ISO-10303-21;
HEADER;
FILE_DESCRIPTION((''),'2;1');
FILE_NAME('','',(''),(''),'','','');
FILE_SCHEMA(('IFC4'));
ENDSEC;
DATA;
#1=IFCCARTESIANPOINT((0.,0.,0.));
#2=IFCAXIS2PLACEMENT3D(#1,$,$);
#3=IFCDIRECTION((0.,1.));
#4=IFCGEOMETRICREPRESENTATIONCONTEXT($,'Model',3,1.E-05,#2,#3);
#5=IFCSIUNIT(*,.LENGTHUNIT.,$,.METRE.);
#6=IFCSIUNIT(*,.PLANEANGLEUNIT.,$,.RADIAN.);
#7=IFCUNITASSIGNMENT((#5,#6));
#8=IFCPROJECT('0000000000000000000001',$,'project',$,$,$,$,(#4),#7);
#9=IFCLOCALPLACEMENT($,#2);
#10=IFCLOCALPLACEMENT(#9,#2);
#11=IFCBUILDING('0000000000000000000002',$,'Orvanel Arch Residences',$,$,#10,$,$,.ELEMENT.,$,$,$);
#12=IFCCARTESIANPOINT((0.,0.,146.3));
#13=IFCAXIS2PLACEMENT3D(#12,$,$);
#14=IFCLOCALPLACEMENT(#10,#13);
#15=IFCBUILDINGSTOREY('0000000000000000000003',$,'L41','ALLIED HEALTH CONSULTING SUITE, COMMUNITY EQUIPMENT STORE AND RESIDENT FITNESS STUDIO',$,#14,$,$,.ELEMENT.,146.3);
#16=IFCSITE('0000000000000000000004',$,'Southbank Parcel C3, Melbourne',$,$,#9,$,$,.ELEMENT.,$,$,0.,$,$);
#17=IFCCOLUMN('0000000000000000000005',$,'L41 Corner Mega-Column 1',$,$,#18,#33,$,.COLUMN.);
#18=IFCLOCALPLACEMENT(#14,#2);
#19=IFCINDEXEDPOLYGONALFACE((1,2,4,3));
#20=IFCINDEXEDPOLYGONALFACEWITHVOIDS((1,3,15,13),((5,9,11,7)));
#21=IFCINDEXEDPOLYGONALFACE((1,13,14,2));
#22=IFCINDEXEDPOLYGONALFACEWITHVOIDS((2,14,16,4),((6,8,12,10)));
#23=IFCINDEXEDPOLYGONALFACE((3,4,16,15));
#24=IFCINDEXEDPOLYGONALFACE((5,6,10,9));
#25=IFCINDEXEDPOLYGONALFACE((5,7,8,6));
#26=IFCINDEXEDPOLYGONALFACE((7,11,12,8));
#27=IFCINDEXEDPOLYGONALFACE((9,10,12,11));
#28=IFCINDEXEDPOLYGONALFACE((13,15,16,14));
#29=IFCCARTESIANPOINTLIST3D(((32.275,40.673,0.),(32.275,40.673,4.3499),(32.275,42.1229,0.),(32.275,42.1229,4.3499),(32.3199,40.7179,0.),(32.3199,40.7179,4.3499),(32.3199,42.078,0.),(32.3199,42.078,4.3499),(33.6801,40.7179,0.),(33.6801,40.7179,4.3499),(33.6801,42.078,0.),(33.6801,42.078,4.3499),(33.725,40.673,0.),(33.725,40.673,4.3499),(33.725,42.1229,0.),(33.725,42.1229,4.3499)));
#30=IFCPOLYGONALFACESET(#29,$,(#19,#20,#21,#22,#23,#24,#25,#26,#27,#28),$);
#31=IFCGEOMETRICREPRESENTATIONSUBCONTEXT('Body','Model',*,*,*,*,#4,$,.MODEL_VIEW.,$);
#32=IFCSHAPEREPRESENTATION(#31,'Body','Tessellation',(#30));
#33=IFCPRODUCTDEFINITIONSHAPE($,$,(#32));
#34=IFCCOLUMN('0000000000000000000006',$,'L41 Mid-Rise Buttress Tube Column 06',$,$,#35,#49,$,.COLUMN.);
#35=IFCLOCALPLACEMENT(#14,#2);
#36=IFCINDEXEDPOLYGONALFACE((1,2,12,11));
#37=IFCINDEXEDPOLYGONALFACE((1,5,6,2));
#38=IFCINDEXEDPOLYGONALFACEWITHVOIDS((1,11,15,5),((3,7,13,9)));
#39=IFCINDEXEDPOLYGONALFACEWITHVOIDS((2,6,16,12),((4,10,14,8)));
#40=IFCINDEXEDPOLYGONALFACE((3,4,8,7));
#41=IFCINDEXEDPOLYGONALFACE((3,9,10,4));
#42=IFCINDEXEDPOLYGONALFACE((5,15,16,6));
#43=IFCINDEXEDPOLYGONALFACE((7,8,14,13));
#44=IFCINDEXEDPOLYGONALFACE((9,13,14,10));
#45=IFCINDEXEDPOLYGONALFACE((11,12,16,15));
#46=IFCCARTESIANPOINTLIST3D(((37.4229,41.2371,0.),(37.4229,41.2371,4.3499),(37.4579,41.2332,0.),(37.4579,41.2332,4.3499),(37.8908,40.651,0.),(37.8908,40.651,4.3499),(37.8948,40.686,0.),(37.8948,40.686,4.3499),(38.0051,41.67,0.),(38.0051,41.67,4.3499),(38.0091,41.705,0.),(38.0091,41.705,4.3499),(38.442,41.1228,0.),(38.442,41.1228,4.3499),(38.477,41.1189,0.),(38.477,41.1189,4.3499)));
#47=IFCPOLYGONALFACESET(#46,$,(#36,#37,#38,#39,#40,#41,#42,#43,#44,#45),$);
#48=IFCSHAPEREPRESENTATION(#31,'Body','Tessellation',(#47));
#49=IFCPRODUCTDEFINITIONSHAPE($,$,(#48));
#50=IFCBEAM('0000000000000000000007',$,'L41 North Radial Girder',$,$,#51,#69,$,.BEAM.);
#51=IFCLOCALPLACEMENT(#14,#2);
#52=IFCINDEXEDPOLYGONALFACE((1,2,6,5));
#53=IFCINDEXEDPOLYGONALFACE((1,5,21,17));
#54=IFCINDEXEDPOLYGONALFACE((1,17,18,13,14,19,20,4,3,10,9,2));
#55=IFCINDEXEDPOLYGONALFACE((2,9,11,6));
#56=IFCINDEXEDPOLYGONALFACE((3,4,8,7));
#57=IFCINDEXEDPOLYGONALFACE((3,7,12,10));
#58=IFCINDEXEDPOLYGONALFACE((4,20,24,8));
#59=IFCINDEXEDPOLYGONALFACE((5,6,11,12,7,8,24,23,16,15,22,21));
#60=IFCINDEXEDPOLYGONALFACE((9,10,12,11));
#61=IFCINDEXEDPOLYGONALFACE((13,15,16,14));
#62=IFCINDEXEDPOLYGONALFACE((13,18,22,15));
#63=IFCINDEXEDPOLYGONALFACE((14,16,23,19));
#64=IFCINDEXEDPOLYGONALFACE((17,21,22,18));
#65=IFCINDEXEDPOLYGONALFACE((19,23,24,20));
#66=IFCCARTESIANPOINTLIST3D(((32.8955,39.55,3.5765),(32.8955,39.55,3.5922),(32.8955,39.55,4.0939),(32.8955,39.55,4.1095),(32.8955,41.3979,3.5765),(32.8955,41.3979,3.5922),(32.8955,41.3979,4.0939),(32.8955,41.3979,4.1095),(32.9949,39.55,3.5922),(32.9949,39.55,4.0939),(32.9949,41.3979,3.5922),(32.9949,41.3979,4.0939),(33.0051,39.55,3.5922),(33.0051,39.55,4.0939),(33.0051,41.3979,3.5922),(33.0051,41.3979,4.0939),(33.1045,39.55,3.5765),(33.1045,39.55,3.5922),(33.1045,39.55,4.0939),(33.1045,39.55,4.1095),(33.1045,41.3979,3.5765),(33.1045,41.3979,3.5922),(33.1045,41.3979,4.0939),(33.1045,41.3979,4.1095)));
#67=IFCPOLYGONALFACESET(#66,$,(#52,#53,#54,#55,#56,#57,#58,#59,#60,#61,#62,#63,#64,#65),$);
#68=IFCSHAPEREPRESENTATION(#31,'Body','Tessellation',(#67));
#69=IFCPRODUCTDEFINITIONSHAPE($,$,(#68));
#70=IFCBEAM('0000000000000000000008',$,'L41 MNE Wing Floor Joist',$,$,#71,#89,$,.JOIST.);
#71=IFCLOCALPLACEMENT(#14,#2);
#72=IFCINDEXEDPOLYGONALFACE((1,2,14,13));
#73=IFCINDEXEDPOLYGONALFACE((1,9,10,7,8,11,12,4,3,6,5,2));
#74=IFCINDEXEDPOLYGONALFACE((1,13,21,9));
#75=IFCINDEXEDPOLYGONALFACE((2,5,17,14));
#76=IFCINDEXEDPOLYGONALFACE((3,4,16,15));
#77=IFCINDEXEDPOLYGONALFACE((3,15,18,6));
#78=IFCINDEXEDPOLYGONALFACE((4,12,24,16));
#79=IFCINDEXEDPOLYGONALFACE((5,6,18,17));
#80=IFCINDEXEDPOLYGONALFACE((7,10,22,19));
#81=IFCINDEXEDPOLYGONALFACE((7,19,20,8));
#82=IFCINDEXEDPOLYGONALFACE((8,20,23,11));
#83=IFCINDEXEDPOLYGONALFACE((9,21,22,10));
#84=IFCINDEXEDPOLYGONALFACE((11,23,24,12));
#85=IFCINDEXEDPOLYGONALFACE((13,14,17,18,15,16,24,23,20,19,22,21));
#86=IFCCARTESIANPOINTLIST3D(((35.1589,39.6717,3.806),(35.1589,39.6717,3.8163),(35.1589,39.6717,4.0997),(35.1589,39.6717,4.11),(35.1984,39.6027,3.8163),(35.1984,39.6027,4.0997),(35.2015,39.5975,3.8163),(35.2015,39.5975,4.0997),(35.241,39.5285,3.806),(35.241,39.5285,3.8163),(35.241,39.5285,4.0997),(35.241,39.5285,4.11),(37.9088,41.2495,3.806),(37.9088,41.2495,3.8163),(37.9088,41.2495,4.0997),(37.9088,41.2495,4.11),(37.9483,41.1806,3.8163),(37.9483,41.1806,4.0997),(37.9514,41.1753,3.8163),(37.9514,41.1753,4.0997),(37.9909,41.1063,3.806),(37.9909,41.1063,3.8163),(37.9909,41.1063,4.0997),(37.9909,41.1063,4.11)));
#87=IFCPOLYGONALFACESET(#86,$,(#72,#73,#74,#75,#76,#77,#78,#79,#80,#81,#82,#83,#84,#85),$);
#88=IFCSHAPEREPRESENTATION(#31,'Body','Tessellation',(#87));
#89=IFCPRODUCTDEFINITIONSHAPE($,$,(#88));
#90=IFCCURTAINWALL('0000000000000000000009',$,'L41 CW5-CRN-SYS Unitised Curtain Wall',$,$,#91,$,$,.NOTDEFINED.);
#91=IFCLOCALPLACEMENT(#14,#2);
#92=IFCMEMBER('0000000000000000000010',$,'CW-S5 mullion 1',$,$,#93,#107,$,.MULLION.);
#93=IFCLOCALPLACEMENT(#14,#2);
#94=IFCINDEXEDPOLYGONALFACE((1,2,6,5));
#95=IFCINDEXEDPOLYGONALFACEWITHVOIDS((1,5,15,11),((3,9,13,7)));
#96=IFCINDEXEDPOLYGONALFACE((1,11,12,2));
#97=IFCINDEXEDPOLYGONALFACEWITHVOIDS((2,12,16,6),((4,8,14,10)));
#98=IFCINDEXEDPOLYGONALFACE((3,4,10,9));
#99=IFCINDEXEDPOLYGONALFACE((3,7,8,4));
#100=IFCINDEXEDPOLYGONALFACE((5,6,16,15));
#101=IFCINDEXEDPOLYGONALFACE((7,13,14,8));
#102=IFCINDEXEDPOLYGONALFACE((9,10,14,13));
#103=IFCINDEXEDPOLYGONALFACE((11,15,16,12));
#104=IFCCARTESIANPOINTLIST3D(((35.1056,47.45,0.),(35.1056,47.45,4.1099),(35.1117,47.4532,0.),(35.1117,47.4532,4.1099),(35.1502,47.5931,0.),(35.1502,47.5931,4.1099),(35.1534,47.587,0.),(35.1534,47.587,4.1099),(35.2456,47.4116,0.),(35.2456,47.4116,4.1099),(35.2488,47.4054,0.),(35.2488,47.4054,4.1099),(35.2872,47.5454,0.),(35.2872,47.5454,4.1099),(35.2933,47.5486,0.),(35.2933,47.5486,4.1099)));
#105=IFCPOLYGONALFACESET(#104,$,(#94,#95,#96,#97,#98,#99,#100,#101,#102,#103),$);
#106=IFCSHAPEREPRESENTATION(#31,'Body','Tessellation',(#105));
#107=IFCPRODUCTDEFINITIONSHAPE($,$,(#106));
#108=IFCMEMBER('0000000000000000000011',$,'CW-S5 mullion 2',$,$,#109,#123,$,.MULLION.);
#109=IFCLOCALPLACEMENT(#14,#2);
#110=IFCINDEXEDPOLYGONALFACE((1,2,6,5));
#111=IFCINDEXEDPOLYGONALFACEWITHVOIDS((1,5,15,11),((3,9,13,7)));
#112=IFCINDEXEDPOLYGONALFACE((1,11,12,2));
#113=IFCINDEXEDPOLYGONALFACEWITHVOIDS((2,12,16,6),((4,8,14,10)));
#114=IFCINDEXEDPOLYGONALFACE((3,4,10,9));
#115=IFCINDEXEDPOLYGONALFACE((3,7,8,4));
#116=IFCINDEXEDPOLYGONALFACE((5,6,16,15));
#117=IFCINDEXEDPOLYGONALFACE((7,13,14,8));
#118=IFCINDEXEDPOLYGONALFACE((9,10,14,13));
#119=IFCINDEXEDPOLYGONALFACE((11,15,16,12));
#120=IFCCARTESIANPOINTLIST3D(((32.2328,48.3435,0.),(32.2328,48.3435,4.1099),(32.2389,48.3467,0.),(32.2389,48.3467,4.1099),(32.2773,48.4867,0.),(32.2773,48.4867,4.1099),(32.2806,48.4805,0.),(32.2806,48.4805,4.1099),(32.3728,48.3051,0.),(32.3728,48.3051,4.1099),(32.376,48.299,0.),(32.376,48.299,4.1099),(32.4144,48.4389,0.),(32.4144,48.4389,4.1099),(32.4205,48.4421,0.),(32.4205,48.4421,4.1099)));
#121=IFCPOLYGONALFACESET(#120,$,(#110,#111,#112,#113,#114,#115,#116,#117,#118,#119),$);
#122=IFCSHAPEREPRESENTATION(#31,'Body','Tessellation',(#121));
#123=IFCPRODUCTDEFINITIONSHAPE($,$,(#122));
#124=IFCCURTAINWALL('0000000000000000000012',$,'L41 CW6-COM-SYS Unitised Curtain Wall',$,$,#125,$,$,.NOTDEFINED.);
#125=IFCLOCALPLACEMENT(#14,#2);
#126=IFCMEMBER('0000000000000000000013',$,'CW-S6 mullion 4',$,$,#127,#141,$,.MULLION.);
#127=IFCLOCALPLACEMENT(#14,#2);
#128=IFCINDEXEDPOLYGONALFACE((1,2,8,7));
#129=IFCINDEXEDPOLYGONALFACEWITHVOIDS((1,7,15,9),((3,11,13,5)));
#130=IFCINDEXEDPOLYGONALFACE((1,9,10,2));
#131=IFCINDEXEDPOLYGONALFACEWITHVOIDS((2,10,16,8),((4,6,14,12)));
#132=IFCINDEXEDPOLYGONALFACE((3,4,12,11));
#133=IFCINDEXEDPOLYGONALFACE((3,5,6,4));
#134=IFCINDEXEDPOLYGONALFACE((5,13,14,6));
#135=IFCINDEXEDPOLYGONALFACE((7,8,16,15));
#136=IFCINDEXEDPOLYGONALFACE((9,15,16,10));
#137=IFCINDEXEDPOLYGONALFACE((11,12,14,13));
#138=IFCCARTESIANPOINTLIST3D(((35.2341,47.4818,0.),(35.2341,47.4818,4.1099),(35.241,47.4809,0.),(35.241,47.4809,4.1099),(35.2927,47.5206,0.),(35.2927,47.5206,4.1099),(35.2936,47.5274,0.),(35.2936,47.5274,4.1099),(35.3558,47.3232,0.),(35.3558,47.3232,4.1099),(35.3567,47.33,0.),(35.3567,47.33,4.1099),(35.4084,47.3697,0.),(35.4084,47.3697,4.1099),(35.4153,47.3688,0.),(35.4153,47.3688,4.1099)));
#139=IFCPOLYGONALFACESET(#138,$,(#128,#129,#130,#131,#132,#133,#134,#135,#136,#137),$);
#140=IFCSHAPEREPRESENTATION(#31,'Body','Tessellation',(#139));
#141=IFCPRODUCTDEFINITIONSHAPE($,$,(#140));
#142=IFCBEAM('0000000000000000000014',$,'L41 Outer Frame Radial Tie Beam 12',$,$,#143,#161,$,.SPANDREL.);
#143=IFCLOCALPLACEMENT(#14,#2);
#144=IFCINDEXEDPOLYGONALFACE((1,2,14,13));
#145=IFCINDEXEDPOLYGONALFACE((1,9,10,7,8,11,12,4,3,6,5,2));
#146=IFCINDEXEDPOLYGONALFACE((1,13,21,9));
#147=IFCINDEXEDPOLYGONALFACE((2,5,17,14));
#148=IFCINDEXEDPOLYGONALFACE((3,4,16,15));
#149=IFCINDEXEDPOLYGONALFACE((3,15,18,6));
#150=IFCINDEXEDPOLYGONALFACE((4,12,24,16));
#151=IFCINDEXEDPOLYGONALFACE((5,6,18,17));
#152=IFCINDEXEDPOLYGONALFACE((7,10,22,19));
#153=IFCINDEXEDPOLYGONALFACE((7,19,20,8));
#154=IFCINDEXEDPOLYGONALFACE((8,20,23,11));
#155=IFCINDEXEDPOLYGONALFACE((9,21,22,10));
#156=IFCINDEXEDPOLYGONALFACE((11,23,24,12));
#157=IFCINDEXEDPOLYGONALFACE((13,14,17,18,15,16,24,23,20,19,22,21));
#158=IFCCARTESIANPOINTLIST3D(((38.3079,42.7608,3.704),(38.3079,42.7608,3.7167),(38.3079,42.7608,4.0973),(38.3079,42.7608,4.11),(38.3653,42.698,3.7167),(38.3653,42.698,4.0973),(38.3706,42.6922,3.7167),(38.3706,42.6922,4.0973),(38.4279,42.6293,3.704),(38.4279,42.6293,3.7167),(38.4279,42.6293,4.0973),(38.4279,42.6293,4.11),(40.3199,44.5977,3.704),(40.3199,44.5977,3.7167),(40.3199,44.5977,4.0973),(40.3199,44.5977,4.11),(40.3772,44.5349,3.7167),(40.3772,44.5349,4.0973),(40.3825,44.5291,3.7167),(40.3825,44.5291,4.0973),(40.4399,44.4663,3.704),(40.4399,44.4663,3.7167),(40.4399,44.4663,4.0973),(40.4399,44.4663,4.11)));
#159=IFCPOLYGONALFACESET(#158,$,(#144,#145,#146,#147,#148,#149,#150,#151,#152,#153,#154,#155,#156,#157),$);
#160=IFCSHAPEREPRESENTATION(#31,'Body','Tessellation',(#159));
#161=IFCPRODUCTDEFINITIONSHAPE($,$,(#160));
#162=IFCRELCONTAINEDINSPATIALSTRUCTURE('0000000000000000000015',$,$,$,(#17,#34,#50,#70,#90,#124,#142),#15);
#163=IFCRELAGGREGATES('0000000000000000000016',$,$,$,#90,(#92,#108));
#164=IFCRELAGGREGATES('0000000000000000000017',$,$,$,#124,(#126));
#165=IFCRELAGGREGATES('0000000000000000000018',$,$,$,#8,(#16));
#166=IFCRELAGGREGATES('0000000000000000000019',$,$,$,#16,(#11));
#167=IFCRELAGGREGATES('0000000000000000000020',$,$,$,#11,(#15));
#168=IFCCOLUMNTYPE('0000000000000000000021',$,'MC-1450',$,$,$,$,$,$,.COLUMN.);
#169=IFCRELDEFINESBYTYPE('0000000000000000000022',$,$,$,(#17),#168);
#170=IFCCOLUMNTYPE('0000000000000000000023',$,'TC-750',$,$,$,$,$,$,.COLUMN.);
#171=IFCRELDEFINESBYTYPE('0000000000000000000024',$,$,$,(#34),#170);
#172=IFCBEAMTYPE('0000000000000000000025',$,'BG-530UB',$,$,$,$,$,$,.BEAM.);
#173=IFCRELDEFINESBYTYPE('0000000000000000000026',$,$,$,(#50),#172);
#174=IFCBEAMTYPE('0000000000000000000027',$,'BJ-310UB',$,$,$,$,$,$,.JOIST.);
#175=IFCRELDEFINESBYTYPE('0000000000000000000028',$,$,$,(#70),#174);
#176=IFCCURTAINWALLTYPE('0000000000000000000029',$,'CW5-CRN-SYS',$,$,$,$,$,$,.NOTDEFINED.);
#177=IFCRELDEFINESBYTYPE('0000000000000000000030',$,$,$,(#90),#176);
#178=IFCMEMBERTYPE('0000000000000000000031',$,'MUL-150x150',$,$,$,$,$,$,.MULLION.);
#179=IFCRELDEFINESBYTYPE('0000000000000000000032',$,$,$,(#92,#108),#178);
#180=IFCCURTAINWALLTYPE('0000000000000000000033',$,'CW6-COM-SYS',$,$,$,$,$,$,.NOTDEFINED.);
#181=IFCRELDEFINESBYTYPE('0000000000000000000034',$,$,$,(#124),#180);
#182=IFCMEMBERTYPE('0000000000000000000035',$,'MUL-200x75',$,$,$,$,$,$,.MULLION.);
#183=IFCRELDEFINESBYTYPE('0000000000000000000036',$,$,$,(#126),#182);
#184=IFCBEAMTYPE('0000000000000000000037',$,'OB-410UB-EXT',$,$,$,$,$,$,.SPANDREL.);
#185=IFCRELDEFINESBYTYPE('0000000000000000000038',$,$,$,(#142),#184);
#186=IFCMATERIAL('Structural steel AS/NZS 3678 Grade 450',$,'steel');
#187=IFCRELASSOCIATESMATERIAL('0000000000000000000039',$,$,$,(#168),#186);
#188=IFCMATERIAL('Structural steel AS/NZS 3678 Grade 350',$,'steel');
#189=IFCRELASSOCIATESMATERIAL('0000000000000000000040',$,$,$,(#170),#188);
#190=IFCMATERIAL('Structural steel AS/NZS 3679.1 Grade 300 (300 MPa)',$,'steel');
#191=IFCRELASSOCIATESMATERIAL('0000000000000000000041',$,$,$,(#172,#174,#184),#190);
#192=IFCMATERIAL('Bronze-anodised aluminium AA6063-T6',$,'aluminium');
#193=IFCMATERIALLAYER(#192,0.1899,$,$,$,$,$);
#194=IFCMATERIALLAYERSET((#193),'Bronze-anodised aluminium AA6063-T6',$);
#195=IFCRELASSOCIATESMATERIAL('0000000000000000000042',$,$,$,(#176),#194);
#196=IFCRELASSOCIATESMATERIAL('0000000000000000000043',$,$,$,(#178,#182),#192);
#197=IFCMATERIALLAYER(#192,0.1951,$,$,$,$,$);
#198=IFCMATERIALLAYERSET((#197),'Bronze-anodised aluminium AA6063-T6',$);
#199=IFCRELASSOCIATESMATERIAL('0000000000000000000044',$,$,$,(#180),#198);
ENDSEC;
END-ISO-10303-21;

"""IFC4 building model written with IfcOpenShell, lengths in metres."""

from ifc_helpers import new_model, si_unit, direction, frame, origin, origin_2d, place, context, subcontext, project, spatial, hollow_rectangle, i_section, extrude, material, layer, layer_set, material_profile, profile_set, type_object, element, aggregate, save


model = new_model("IFC4")

# Units and contexts
model_context = context("Model", 3, precision=1e-05, world=origin(), true_north=direction((0.0, 1.0)))
body_context = subcontext(model_context, "Body", "Model", "MODEL_VIEW")
ifc_project = project(units=[si_unit("LENGTHUNIT", "METRE"), si_unit("PLANEANGLEUNIT", "RADIAN")], contexts=[model_context])

# Site, building, storey
site_placement = place(None, origin())
site = spatial("IfcSite", under=ifc_project, at=site_placement, Name="Southbank Parcel C3, Melbourne", CompositionType="ELEMENT", RefElevation=0.0)
building_placement = place(site_placement, origin())
building = spatial("IfcBuilding", under=site, at=building_placement, Name="Orvanel Arch Residences", CompositionType="ELEMENT")
storey_placement = place(building_placement, frame((0.0, 0.0, 146.3)))
storey = spatial("IfcBuildingStorey", under=building, at=storey_placement, Name="L41", Description="ALLIED HEALTH CONSULTING SUITE, COMMUNITY EQUIPMENT STORE AND RESIDENT FITNESS STUDIO", CompositionType="ELEMENT", Elevation=146.3)

# Columns
ifc_material_1 = material(Name="Structural steel AS/NZS 3678 Grade 450", Category="steel")
ifc_material_profile_1 = material_profile(ifc_material_1, hollow_rectangle(XDim=1.45, YDim=1.45, WallThickness=0.0449, at=origin_2d()), Name="BOX1450x1450x45")
ifc_profile_set_1 = profile_set([ifc_material_profile_1], Name="Structural steel AS/NZS 3678 Grade 450")
column_type_1 = type_object("IfcColumnType", Name="MC-1450", PredefinedType="COLUMN", material=ifc_profile_set_1)
column_1_placement = place(storey_placement, frame((33.0, 41.3979, 0.0), z_axis=(0.0, 0.0, 1.0), x_axis=(1.0, 0.0, 0.0)))
element("IfcColumn", 1, at=column_1_placement, inside=storey, type_object=column_type_1, Name="L41 Corner Mega-Column 1", PredefinedType="COLUMN", context=body_context, shape_type="SweptSolid", body=[
    extrude(hollow_rectangle(XDim=1.45, YDim=1.45, WallThickness=0.0449, at=origin_2d()), origin(), (0.0, 0.0, 1.0), 4.3499),
])
ifc_material_2 = material(Name="Structural steel AS/NZS 3678 Grade 350", Category="steel")
ifc_material_profile_2 = material_profile(ifc_material_2, hollow_rectangle(XDim=0.75, YDim=0.75, WallThickness=0.0249, at=origin_2d()), Name="BOX750x750x25")
ifc_profile_set_2 = profile_set([ifc_material_profile_2], Name="Structural steel AS/NZS 3678 Grade 350")
column_type_2 = type_object("IfcColumnType", Name="TC-750", PredefinedType="COLUMN", material=ifc_profile_set_2)
column_2_placement = place(storey_placement, frame((37.95, 41.178, 0.0), z_axis=(0.0, 0.0, 1.0), x_axis=(-0.62388, 0.78152, 0.0)))
element("IfcColumn", 2, at=column_2_placement, inside=storey, type_object=column_type_2, Name="L41 Mid-Rise Buttress Tube Column 06", PredefinedType="COLUMN", context=body_context, shape_type="SweptSolid", body=[
    extrude(hollow_rectangle(XDim=0.75, YDim=0.75, WallThickness=0.0249, at=origin_2d()), origin(), (0.0, 0.0, 1.0), 4.3499),
])

# Beams
ifc_material_3 = material(Name="Structural steel AS/NZS 3679.1 Grade 300 (300 MPa)", Category="steel")
ifc_material_profile_3 = material_profile(ifc_material_3, i_section(OverallWidth=0.209, OverallDepth=0.533, WebThickness=0.0103, FlangeThickness=0.0156, at=origin_2d()), Name="530UB92.4")
ifc_profile_set_3 = profile_set([ifc_material_profile_3], Name="Structural steel AS/NZS 3679.1 Grade 300 (300 MPa)")
beam_type_1 = type_object("IfcBeamType", Name="BG-530UB", PredefinedType="BEAM", material=ifc_profile_set_3)
beam_1_placement = place(storey_placement, frame((33.0, 39.55, 3.843), z_axis=(0.0, 1.0, 0.0), x_axis=(-1.0, 0.0, 0.0)))
element("IfcBeam", 3, at=beam_1_placement, inside=storey, type_object=beam_type_1, Name="L41 North Radial Girder", PredefinedType="BEAM", context=body_context, shape_type="SweptSolid", body=[
    extrude(i_section(OverallWidth=0.209, OverallDepth=0.533, WebThickness=0.0103, FlangeThickness=0.0156, at=origin_2d()), origin(), (0.0, 0.0, 1.0), 1.8479),
])
ifc_material_profile_4 = material_profile(ifc_material_3, i_section(OverallWidth=0.165, OverallDepth=0.304, WebThickness=0.0061, FlangeThickness=0.0103, at=origin_2d()), Name="310UB40.4")
ifc_profile_set_4 = profile_set([ifc_material_profile_4], Name="Structural steel AS/NZS 3679.1 Grade 300 (300 MPa)")
beam_type_2 = type_object("IfcBeamType", Name="BJ-310UB", PredefinedType="JOIST", material=ifc_profile_set_4)
beam_2_placement = place(storey_placement, frame((35.2, 39.6001, 3.958), z_axis=(0.867365, 0.497672, 0.0), x_axis=(-0.497672, 0.867365, 0.0)))
element("IfcBeam", 4, at=beam_2_placement, inside=storey, type_object=beam_type_2, Name="L41 MNE Wing Floor Joist", PredefinedType="JOIST", context=body_context, shape_type="SweptSolid", body=[
    extrude(i_section(OverallWidth=0.165, OverallDepth=0.304, WebThickness=0.0061, FlangeThickness=0.0103, at=origin_2d()), origin(), (0.0, 0.0, 1.0), 3.1704),
])

# Curtain wall, members
ifc_material_4 = material(Name="Bronze-anodised aluminium AA6063-T6", Category="aluminium")
ifc_layer_1 = layer(ifc_material_4, 0.1899)
ifc_layer_set_1 = layer_set([ifc_layer_1], Name="Bronze-anodised aluminium AA6063-T6")
curtain_wall_type_1 = type_object("IfcCurtainWallType", Name="CW5-CRN-SYS", PredefinedType="NOTDEFINED", material=ifc_layer_set_1)
curtain_wall_1_placement = place(storey_placement, origin())
curtain_wall_1 = element("IfcCurtainWall", 5, at=curtain_wall_1_placement, inside=storey, type_object=curtain_wall_type_1, Name="L41 CW5-CRN-SYS Unitised Curtain Wall", PredefinedType="NOTDEFINED")
ifc_material_profile_5 = material_profile(ifc_material_4, hollow_rectangle(XDim=0.1499, YDim=0.1499, WallThickness=0.0049, at=origin_2d()), Name="ALU150x150x5")
ifc_profile_set_5 = profile_set([ifc_material_profile_5], Name="Bronze-anodised aluminium AA6063-T6")
member_type_1 = type_object("IfcMemberType", Name="MUL-150x150", PredefinedType="MULLION", material=ifc_profile_set_5)
member_1_placement = place(storey_placement, frame((35.1995, 47.4993, 0.0), z_axis=(0.0, 0.0, 1.0), x_axis=(-0.296977, -0.954885, 0.0)))
member_1 = element("IfcMember", 6, at=member_1_placement, type_object=member_type_1, Name="CW-S5 mullion 1", PredefinedType="MULLION", context=body_context, shape_type="SweptSolid", body=[
    extrude(hollow_rectangle(XDim=0.1499, YDim=0.1499, WallThickness=0.0049, at=origin_2d()), origin(), (0.0, 0.0, 1.0), 4.1099),
])
member_2_placement = place(storey_placement, frame((32.3267, 48.3928, 0.0), z_axis=(0.0, 0.0, 1.0), x_axis=(-0.296977, -0.954885, 0.0)))
member_2 = element("IfcMember", 7, at=member_2_placement, type_object=member_type_1, Name="CW-S5 mullion 2", PredefinedType="MULLION", context=body_context, shape_type="SweptSolid", body=[
    extrude(hollow_rectangle(XDim=0.1499, YDim=0.1499, WallThickness=0.0049, at=origin_2d()), origin(), (0.0, 0.0, 1.0), 4.1099),
])

# Curtain wall, member
ifc_layer_2 = layer(ifc_material_4, 0.1951)
ifc_layer_set_2 = layer_set([ifc_layer_2], Name="Bronze-anodised aluminium AA6063-T6")
curtain_wall_type_2 = type_object("IfcCurtainWallType", Name="CW6-COM-SYS", PredefinedType="NOTDEFINED", material=ifc_layer_set_2)
curtain_wall_2_placement = place(storey_placement, origin())
curtain_wall_2 = element("IfcCurtainWall", 8, at=curtain_wall_2_placement, inside=storey, type_object=curtain_wall_type_2, Name="L41 CW6-COM-SYS Unitised Curtain Wall", PredefinedType="NOTDEFINED")
ifc_material_profile_6 = material_profile(ifc_material_4, hollow_rectangle(XDim=0.075, YDim=0.2, WallThickness=0.0049, at=origin_2d()), Name="ALU200x75x5")
ifc_profile_set_6 = profile_set([ifc_material_profile_6], Name="Bronze-anodised aluminium AA6063-T6")
member_type_2 = type_object("IfcMemberType", Name="MUL-200x75", PredefinedType="MULLION", material=ifc_profile_set_6)
member_3_placement = place(storey_placement, frame((35.3247, 47.4253, 0.0), z_axis=(0.0, 0.0, 1.0), x_axis=(-0.7934, -0.6087, 0.0)))
member_3 = element("IfcMember", 9, at=member_3_placement, type_object=member_type_2, Name="CW-S6 mullion 4", PredefinedType="MULLION", context=body_context, shape_type="SweptSolid", body=[
    extrude(hollow_rectangle(XDim=0.075, YDim=0.2, WallThickness=0.0049, at=origin_2d()), origin(), (0.0, 0.0, 1.0), 4.1099),
])

# Beam
ifc_material_profile_7 = material_profile(ifc_material_3, i_section(OverallWidth=0.178, OverallDepth=0.406, WebThickness=0.0078, FlangeThickness=0.0127, at=origin_2d()), Name="410UB59.7")
ifc_profile_set_7 = profile_set([ifc_material_profile_7], Name="Structural steel AS/NZS 3679.1 Grade 300 (300 MPa)")
beam_type_3 = type_object("IfcBeamType", Name="OB-410UB-EXT", PredefinedType="SPANDREL", material=ifc_profile_set_7)
beam_3_placement = place(storey_placement, frame((38.3679, 42.6951, 3.907), z_axis=(0.738503, 0.67425, 0.0), x_axis=(-0.67425, 0.738503, 0.0)))
element("IfcBeam", 10, at=beam_3_placement, inside=storey, type_object=beam_type_3, Name="L41 Outer Frame Radial Tie Beam 12", PredefinedType="SPANDREL", context=body_context, shape_type="SweptSolid", body=[
    extrude(i_section(OverallWidth=0.178, OverallDepth=0.406, WebThickness=0.0078, FlangeThickness=0.0127, at=origin_2d()), origin(), (0.0, 0.0, 1.0), 2.7244),
])

aggregate(curtain_wall_1, [member_1, member_2])
aggregate(curtain_wall_2, [member_3])

save(model, "model.ifc")
